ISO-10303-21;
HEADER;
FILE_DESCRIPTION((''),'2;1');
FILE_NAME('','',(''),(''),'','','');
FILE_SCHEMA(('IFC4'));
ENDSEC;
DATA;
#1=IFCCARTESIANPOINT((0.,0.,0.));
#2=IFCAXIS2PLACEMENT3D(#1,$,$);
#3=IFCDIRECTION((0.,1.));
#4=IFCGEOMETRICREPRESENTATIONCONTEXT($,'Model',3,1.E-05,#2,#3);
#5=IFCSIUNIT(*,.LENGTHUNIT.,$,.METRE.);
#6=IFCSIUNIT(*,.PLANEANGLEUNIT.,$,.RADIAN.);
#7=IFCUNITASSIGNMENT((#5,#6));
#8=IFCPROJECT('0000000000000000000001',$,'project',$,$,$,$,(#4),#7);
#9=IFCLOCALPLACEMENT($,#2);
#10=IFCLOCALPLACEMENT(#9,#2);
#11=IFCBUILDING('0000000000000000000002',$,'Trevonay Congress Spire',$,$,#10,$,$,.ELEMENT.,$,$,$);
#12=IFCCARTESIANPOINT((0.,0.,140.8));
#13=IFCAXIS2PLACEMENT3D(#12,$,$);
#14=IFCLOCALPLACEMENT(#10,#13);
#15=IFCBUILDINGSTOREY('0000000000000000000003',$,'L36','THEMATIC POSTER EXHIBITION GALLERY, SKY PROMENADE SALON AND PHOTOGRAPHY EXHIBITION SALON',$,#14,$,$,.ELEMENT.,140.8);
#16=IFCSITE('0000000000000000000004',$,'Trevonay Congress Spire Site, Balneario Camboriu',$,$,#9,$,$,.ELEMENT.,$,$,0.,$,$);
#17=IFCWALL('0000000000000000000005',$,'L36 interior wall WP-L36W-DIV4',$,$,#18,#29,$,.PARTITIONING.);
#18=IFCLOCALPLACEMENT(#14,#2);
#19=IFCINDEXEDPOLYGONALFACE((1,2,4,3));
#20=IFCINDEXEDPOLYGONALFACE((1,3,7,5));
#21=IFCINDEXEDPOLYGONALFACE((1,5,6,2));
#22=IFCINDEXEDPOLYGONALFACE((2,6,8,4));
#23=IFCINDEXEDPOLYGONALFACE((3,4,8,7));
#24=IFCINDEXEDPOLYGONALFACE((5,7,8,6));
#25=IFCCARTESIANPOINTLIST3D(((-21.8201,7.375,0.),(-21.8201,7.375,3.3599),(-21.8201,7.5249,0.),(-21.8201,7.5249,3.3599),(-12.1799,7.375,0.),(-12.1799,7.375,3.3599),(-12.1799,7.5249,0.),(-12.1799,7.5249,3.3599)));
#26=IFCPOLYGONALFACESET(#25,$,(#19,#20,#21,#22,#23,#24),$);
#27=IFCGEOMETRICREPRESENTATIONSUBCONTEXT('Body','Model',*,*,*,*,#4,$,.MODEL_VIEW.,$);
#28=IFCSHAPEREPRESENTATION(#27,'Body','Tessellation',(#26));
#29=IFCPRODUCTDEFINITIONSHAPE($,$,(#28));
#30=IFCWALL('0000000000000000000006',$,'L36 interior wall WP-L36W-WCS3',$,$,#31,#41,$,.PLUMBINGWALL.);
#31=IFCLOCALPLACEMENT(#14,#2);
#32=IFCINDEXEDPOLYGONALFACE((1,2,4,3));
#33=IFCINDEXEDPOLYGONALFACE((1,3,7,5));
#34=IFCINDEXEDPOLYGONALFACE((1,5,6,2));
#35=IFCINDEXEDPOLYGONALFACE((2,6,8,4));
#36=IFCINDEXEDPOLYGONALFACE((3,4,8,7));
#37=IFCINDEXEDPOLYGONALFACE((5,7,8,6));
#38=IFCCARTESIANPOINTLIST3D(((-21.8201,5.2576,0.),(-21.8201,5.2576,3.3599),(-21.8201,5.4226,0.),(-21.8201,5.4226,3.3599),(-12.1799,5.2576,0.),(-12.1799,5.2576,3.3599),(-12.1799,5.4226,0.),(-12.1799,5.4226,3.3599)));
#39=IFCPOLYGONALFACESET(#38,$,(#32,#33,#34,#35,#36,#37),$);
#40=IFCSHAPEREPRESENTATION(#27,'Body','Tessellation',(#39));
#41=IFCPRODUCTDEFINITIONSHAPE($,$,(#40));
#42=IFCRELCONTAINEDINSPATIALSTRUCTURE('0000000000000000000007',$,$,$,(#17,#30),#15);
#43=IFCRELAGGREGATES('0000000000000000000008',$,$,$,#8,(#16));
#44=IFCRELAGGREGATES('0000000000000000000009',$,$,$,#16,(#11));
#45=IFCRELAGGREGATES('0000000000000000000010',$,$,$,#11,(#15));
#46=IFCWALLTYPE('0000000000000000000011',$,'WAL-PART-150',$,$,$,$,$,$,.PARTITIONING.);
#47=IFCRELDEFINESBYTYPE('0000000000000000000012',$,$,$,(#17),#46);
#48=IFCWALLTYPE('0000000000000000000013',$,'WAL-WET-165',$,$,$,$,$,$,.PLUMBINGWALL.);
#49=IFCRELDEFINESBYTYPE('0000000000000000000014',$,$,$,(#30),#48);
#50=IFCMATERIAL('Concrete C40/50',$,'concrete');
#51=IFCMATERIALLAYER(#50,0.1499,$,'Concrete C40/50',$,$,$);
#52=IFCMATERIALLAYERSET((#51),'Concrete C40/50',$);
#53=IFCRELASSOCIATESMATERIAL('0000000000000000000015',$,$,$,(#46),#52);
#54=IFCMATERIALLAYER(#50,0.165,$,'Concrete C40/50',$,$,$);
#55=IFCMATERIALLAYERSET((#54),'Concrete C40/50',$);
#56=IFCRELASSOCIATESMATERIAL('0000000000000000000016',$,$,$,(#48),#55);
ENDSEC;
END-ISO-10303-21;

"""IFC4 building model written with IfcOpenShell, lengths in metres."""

from ifc_helpers import new_model, si_unit, direction, frame, frame_2d, origin, place, context, subcontext, project, spatial, rectangle, extrude, material, layer, layer_set, type_object, element, save


model = new_model("IFC4")

# Units and contexts
model_context = context("Model", 3, precision=1e-05, world=origin(), true_north=direction((0.0, 1.0)))
body_context = subcontext(model_context, "Body", "Model", "MODEL_VIEW")
ifc_project = project(units=[si_unit("LENGTHUNIT", "METRE"), si_unit("PLANEANGLEUNIT", "RADIAN")], contexts=[model_context])

# Site, building, storey
site_placement = place(None, origin())
site = spatial("IfcSite", under=ifc_project, at=site_placement, Name="Trevonay Congress Spire Site, Balneario Camboriu", CompositionType="ELEMENT", RefElevation=0.0)
building_placement = place(site_placement, origin())
building = spatial("IfcBuilding", under=site, at=building_placement, Name="Trevonay Congress Spire", CompositionType="ELEMENT")
storey_placement = place(building_placement, frame((0.0, 0.0, 140.8)))
storey = spatial("IfcBuildingStorey", under=building, at=storey_placement, Name="L36", Description="THEMATIC POSTER EXHIBITION GALLERY, SKY PROMENADE SALON AND PHOTOGRAPHY EXHIBITION SALON", CompositionType="ELEMENT", Elevation=140.8)

# Shared definitions
ifc_material_1 = material(Name="Concrete C40/50", Category="concrete")

# Walls
ifc_layer_1 = layer(ifc_material_1, 0.1499, Name="Concrete C40/50")
ifc_layer_set_1 = layer_set([ifc_layer_1], Name="Concrete C40/50")
wall_type_1 = type_object("IfcWallType", Name="WAL-PART-150", PredefinedType="PARTITIONING", material=ifc_layer_set_1)
wall_1_placement = place(storey_placement, frame((-21.8201, 7.45, 0.0), z_axis=(0.0, 0.0, 1.0), x_axis=(1.0, 0.0, 0.0)))
element("IfcWall", 1, at=wall_1_placement, inside=storey, type_object=wall_type_1, Name="L36 interior wall WP-L36W-DIV4", PredefinedType="PARTITIONING", context=body_context, shape_type="SweptSolid", body=[
    extrude(rectangle(XDim=9.6401, YDim=0.1499, at=frame_2d((4.8201, 0.0))), origin(), (0.0, 0.0, 1.0), 3.3599),
])
ifc_layer_2 = layer(ifc_material_1, 0.165, Name="Concrete C40/50")
ifc_layer_set_2 = layer_set([ifc_layer_2], Name="Concrete C40/50")
wall_type_2 = type_object("IfcWallType", Name="WAL-WET-165", PredefinedType="PLUMBINGWALL", material=ifc_layer_set_2)
wall_2_placement = place(storey_placement, frame((-21.8201, 5.3401, 0.0), z_axis=(0.0, 0.0, 1.0), x_axis=(1.0, 0.0, 0.0)))
element("IfcWall", 2, at=wall_2_placement, inside=storey, type_object=wall_type_2, Name="L36 interior wall WP-L36W-WCS3", PredefinedType="PLUMBINGWALL", context=body_context, shape_type="SweptSolid", body=[
    extrude(rectangle(XDim=9.6401, YDim=0.165, at=frame_2d((4.8201, 0.0))), origin(), (0.0, 0.0, 1.0), 3.3599),
])

save(model, "model.ifc")
